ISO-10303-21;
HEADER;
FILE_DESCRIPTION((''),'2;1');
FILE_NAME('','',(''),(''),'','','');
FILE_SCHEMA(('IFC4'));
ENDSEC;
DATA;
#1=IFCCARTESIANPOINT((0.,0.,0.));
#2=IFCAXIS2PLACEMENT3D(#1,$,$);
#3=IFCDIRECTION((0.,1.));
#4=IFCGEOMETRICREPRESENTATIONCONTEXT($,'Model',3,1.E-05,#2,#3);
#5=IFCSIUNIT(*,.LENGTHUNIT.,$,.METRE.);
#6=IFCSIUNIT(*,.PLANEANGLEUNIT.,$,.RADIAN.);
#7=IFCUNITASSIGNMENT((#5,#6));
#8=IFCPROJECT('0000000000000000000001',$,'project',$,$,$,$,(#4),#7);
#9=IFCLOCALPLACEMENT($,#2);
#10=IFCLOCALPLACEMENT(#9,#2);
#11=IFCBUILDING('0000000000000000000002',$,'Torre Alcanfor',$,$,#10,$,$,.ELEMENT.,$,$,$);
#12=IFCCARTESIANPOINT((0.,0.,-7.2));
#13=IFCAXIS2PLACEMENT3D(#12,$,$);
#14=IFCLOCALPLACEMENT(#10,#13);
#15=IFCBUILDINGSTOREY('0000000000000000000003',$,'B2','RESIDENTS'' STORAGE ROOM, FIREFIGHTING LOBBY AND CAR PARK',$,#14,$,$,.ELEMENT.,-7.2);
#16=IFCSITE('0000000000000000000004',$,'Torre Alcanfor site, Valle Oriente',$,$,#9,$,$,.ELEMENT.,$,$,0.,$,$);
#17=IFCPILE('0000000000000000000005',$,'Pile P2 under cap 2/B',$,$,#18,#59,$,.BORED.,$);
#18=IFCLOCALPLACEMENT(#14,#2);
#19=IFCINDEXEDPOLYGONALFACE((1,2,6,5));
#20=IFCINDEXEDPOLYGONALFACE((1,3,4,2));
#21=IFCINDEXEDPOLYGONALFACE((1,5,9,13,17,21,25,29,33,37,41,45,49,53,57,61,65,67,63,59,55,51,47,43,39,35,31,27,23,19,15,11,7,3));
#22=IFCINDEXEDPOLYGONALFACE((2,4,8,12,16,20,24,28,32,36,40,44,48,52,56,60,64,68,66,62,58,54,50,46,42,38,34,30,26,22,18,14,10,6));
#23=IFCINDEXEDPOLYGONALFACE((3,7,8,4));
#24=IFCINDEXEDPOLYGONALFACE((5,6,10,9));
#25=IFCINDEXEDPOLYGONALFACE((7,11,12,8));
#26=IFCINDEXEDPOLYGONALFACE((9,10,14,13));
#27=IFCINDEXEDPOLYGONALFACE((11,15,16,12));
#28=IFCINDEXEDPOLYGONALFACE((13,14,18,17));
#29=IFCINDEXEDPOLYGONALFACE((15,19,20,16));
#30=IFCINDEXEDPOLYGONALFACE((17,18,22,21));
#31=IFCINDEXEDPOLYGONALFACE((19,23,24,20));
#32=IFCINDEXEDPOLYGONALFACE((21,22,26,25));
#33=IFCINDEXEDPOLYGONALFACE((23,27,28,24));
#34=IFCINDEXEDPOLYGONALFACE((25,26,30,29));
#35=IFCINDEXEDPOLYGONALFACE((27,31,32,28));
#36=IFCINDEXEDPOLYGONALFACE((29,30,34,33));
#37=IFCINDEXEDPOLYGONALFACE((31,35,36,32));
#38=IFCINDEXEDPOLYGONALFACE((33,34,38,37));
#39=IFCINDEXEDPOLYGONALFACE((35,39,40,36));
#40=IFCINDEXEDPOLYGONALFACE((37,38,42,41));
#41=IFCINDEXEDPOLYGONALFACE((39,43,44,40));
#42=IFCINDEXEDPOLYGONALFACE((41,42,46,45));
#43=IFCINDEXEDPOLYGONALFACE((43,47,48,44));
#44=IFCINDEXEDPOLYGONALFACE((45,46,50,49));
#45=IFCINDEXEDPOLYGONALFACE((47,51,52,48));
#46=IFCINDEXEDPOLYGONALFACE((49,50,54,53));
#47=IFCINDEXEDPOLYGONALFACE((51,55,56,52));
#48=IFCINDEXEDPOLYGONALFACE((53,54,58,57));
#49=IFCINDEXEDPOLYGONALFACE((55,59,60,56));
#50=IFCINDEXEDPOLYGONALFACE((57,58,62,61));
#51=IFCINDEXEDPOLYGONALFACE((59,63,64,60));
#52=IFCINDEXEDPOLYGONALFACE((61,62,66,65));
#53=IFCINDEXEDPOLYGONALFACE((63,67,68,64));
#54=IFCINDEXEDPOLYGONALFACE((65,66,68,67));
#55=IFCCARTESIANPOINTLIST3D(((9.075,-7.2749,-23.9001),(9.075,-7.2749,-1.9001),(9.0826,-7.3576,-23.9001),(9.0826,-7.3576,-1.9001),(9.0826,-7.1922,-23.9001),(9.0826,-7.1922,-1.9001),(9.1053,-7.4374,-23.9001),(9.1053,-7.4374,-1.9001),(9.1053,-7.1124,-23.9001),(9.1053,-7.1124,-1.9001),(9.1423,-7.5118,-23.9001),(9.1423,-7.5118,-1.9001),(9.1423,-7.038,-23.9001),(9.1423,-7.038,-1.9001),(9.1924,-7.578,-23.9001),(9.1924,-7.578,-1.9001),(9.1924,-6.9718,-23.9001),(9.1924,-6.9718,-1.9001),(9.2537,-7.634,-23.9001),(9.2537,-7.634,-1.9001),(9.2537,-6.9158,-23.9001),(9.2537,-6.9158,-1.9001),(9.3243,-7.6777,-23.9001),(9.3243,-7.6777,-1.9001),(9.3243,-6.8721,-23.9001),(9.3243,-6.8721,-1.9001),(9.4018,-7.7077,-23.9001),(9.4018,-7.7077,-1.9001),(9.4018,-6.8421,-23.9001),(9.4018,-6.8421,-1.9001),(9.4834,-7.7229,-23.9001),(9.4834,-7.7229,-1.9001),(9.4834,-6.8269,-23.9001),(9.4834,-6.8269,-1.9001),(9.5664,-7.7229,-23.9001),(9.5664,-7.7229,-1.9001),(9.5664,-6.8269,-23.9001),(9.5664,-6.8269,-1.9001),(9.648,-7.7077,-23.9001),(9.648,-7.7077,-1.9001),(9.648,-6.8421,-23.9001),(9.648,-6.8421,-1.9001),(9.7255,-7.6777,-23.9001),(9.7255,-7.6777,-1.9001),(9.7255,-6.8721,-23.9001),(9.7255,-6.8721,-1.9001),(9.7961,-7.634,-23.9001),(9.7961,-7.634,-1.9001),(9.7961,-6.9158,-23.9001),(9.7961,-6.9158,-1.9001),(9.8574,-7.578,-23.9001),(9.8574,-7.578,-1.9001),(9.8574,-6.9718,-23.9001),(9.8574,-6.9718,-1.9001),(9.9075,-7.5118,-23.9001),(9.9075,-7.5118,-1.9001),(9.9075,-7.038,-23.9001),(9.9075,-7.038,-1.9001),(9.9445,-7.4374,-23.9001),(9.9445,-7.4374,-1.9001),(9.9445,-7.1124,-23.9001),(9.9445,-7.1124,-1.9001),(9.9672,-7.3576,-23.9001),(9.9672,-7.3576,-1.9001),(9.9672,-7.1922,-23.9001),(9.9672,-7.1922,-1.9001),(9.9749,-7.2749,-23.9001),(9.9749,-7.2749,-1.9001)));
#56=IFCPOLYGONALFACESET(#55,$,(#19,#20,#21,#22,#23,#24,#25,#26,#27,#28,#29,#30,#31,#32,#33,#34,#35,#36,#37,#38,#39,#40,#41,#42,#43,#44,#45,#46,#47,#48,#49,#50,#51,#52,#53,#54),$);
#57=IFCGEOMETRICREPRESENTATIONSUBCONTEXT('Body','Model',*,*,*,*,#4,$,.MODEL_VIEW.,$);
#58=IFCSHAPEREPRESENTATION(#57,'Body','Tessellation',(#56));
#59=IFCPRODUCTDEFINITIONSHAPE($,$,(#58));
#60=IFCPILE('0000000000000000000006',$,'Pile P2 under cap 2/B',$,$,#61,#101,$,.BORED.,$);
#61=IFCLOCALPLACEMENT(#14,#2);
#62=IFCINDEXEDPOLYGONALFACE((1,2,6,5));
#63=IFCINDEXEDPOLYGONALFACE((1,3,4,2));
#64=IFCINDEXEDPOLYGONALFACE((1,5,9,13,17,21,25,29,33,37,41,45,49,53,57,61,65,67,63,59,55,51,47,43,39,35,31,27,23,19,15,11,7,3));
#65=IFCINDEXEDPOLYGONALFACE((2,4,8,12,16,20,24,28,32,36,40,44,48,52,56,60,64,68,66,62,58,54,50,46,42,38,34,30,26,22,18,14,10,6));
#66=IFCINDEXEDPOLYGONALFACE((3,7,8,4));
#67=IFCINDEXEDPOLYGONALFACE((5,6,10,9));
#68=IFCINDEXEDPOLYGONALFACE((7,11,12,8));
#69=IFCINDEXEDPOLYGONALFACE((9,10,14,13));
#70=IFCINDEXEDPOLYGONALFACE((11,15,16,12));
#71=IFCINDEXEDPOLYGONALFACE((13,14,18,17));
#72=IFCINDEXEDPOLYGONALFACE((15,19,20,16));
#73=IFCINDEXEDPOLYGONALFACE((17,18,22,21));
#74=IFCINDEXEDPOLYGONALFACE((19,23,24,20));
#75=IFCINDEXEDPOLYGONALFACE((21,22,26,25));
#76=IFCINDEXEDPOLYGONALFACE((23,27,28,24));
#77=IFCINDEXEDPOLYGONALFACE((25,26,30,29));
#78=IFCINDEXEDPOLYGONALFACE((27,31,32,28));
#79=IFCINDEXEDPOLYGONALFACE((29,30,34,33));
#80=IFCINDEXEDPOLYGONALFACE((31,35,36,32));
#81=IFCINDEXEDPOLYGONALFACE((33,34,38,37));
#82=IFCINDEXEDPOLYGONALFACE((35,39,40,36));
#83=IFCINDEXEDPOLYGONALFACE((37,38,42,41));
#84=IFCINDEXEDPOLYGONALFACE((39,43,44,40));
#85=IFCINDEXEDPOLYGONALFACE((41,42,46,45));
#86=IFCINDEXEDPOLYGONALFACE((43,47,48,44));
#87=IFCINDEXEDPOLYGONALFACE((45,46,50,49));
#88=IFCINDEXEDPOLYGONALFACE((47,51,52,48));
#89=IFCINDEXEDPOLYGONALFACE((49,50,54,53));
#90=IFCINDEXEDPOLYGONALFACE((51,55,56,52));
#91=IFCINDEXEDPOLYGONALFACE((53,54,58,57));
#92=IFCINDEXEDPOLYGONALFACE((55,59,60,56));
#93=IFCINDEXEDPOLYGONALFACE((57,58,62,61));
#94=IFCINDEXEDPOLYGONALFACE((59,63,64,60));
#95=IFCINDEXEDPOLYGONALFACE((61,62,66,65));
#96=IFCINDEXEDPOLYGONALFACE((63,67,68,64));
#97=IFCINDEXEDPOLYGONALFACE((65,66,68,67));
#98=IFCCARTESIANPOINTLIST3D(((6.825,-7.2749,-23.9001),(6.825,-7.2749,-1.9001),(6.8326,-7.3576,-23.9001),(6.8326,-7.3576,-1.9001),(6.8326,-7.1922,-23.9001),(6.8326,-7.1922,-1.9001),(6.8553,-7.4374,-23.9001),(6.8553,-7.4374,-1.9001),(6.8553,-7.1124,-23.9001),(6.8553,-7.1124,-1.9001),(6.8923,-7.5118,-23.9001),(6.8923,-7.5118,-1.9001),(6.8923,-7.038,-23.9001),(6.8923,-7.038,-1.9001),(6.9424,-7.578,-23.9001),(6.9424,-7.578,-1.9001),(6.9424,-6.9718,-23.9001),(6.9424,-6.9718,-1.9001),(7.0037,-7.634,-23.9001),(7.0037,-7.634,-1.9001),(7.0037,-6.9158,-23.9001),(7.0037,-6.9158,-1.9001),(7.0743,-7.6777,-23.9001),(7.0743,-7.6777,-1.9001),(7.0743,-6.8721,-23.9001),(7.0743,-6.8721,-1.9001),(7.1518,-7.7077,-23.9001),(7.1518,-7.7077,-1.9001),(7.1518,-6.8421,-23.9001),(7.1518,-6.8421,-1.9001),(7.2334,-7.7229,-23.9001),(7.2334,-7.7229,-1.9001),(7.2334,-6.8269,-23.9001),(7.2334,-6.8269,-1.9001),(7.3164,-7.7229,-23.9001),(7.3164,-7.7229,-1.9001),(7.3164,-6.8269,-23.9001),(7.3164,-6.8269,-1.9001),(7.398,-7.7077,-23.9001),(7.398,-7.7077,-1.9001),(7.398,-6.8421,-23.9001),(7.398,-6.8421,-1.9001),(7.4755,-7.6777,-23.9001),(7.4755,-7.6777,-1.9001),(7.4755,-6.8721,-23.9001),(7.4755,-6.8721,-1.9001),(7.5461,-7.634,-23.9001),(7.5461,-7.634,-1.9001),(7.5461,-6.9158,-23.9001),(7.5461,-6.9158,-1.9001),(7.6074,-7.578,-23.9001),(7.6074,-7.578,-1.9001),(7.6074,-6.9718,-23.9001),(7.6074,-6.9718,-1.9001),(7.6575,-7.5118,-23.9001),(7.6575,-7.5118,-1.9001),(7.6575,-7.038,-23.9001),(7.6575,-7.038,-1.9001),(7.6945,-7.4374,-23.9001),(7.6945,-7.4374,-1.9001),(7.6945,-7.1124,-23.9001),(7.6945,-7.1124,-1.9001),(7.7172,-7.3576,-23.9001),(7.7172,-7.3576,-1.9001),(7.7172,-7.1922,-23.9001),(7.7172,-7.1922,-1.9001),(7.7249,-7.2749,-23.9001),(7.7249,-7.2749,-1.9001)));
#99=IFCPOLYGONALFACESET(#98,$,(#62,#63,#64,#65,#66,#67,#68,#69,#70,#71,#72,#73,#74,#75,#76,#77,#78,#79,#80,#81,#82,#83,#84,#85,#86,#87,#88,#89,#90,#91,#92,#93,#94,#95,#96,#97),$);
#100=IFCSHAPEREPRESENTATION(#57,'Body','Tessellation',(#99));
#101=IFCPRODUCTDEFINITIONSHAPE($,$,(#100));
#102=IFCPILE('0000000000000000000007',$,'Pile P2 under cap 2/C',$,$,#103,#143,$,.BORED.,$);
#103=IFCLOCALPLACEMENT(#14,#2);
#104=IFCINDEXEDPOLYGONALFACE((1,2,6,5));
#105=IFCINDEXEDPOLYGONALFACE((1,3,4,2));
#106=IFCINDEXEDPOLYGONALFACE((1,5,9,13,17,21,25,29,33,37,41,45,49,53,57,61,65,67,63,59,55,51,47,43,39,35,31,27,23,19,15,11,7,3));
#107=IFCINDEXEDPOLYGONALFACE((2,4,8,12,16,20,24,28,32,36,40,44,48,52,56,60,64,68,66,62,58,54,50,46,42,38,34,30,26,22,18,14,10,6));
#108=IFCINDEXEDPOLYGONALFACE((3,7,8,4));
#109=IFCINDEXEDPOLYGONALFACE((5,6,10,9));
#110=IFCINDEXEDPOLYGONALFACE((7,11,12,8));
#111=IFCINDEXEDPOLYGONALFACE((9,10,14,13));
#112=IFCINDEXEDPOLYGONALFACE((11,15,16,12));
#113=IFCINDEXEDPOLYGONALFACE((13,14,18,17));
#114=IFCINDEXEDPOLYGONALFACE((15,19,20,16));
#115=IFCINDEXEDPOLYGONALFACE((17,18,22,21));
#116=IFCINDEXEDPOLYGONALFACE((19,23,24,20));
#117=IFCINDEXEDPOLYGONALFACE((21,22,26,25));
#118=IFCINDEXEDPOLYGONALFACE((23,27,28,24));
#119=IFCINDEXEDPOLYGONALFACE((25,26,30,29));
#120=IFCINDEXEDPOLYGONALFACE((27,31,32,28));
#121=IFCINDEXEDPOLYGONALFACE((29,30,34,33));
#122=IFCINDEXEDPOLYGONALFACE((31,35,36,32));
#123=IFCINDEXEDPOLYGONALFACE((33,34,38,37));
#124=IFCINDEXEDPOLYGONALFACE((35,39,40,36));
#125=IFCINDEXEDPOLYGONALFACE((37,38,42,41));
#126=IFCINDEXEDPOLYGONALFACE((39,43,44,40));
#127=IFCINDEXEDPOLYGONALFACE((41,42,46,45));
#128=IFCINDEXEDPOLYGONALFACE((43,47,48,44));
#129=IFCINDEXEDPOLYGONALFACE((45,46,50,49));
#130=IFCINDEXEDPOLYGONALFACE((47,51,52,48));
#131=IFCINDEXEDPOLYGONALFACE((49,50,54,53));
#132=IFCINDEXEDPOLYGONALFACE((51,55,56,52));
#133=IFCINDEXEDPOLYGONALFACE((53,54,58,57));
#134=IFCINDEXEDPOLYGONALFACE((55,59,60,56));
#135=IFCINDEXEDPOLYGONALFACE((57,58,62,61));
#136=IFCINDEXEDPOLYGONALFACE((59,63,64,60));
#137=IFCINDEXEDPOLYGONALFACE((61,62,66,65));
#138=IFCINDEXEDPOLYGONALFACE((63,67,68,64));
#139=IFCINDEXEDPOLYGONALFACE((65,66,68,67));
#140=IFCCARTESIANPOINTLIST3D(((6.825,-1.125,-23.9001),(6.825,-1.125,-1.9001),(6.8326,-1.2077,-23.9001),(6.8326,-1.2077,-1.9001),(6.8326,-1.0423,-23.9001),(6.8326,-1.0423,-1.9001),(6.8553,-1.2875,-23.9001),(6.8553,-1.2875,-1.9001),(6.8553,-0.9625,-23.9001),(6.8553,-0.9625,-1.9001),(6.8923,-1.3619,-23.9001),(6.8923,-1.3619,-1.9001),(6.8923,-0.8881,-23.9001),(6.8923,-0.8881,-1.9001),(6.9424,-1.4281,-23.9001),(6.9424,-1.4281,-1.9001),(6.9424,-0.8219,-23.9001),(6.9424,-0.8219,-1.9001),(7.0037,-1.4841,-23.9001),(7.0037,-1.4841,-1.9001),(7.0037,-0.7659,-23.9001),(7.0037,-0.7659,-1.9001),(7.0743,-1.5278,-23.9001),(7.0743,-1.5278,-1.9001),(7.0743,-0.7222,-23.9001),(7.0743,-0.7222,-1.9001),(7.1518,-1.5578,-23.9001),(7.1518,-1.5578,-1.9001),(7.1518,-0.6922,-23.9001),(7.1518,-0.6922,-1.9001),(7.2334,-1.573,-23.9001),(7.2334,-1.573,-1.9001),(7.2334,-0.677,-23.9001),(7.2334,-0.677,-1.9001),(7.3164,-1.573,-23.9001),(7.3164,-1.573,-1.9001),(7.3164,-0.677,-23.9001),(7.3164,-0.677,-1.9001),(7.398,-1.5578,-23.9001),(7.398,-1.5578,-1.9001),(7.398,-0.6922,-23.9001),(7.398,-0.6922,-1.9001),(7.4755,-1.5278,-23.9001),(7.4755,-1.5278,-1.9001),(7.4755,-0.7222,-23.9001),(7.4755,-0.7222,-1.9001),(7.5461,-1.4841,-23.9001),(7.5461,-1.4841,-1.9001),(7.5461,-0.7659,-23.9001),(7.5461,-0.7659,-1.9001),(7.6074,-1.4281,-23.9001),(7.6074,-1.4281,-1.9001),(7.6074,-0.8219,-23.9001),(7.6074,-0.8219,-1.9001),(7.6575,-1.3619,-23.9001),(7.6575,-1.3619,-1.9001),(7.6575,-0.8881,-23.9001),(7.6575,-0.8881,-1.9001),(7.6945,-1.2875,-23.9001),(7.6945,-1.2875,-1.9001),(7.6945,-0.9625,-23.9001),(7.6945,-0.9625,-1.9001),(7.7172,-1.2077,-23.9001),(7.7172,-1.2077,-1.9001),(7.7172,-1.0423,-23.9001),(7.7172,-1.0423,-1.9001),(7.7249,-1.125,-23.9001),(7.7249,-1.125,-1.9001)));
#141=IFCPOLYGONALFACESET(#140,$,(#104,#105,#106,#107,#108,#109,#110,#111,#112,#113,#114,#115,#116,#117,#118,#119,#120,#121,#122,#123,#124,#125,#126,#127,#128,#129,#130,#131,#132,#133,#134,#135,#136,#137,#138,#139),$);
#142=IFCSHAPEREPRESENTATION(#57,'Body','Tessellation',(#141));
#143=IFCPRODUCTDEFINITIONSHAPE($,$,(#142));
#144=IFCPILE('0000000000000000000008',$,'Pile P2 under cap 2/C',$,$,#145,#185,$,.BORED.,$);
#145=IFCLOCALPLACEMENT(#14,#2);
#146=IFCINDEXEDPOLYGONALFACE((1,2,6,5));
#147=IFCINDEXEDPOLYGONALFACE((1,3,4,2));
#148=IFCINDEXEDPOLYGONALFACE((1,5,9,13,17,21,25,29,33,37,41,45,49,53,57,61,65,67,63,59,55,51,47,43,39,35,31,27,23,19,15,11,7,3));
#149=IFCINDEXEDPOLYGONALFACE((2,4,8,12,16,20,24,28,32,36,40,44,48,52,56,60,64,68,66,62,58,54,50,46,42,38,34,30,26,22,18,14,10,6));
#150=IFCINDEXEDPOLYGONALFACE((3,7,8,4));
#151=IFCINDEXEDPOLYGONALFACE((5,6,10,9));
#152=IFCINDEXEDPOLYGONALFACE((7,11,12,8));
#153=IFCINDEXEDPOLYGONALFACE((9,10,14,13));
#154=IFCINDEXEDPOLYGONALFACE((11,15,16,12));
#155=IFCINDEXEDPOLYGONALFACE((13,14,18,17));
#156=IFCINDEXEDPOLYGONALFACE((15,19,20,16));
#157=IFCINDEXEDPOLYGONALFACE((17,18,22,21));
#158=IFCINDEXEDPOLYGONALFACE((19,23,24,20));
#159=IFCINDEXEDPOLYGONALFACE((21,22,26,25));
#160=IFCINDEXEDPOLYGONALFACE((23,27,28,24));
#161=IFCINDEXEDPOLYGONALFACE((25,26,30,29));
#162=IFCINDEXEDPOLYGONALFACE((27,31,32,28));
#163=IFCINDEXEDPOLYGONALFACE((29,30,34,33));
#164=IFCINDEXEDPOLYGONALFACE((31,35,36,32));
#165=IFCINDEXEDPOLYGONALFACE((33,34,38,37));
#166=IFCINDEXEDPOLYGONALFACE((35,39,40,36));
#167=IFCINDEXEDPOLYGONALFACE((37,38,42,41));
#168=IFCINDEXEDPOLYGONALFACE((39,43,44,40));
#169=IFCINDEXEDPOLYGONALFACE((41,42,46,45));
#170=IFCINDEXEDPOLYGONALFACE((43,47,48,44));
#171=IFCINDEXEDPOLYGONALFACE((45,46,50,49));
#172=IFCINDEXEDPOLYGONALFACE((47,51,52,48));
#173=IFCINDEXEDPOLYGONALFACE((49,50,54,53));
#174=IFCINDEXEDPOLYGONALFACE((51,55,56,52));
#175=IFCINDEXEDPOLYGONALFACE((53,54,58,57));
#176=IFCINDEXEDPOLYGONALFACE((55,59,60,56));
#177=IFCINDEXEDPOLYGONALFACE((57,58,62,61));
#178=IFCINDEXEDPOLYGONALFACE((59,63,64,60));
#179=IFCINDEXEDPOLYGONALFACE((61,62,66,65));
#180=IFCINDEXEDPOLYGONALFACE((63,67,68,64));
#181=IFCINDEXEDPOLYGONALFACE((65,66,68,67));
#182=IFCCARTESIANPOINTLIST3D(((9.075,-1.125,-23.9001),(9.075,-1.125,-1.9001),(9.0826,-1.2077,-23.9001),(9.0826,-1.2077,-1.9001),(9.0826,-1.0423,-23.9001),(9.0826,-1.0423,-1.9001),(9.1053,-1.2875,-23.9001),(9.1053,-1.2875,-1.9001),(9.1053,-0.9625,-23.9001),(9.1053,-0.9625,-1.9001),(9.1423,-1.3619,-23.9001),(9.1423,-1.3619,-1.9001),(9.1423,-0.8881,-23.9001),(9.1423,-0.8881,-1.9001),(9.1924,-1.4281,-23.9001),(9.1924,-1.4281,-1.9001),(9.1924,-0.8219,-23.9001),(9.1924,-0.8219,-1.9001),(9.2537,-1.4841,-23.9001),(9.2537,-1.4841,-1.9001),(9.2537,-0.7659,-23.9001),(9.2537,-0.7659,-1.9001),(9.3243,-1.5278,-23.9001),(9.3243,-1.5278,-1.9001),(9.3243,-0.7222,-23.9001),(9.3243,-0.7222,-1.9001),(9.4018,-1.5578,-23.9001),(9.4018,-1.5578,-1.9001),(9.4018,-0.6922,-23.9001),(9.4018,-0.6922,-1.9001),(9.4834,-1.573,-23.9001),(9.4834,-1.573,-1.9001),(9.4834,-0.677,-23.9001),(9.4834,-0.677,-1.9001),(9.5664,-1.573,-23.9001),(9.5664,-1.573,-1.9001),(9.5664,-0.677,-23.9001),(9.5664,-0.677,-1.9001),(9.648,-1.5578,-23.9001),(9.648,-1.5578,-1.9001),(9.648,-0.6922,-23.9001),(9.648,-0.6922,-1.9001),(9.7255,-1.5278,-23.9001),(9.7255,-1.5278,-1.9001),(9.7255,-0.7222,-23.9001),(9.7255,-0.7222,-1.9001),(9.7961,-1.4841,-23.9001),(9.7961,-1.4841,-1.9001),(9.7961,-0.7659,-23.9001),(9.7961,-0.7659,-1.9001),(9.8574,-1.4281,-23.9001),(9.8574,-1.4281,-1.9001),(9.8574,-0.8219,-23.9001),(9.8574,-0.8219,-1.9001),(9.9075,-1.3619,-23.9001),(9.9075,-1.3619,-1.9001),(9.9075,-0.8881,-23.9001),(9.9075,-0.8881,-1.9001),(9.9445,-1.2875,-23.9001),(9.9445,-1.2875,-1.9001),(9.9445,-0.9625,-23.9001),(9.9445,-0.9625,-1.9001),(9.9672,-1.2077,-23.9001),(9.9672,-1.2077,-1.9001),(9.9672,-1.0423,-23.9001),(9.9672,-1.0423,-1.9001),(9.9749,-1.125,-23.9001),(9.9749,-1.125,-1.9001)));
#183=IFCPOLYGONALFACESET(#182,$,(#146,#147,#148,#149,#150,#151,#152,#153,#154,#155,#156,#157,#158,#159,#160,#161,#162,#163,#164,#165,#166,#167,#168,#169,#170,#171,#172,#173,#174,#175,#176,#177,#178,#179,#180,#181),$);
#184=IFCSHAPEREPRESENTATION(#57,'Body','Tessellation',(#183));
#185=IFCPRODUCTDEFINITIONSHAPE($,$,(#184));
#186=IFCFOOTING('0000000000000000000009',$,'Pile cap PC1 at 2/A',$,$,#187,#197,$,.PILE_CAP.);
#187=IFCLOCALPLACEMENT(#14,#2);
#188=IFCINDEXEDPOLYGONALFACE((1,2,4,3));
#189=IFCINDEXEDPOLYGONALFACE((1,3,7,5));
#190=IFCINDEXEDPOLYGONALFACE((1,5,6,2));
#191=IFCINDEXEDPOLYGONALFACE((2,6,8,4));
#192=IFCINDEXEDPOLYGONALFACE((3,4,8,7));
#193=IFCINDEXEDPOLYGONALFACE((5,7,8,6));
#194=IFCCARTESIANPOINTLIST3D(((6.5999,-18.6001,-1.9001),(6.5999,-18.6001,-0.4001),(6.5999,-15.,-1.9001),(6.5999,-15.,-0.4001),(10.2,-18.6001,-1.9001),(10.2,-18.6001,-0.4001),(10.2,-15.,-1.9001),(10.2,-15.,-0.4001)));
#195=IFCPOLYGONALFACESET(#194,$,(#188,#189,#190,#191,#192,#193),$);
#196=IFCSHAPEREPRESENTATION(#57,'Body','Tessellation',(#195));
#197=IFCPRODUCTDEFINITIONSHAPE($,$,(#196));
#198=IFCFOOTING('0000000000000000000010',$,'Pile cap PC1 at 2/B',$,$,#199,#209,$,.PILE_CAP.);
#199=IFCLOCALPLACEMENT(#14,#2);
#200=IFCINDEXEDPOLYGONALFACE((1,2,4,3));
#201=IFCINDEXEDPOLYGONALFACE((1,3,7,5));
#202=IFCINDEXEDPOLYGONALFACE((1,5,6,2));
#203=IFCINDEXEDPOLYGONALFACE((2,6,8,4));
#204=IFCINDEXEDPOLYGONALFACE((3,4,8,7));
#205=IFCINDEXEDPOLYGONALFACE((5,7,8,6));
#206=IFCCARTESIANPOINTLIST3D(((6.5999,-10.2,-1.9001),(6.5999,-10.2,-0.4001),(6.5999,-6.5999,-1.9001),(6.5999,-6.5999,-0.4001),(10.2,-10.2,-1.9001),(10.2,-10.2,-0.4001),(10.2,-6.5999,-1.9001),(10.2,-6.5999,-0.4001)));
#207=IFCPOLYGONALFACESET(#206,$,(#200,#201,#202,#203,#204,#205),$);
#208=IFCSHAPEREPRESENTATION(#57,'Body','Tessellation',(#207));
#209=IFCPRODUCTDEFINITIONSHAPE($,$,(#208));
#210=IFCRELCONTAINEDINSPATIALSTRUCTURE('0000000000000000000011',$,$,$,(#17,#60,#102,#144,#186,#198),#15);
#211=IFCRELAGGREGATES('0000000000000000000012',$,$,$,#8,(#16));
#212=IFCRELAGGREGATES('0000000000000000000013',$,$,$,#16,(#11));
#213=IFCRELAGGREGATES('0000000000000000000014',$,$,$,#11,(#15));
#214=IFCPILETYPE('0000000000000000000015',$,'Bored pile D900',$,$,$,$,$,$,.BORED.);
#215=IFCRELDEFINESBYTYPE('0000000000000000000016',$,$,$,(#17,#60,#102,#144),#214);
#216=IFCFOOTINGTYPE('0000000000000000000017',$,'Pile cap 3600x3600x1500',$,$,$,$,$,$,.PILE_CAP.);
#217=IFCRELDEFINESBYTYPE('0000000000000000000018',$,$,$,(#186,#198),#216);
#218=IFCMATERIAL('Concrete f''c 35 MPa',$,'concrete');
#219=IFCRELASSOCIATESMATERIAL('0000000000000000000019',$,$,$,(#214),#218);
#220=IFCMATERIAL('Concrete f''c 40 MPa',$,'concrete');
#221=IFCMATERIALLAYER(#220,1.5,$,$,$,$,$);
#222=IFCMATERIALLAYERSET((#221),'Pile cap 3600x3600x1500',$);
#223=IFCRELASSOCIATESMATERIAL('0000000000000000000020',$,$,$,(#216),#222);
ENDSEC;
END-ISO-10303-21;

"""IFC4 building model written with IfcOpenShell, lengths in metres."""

from ifc_helpers import new_model, si_unit, direction, frame, origin, origin_2d, place, context, subcontext, project, spatial, rectangle, circle, extrude, material, layer, layer_set, material_profile, profile_set, type_object, element, save


model = new_model("IFC4")

# Units and contexts
model_context = context("Model", 3, precision=1e-05, world=origin(), true_north=direction((0.0, 1.0)))
body_context = subcontext(model_context, "Body", "Model", "MODEL_VIEW")
ifc_project = project(units=[si_unit("LENGTHUNIT", "METRE"), si_unit("PLANEANGLEUNIT", "RADIAN")], contexts=[model_context])

# Site, building, storey
site_placement = place(None, origin())
site = spatial("IfcSite", under=ifc_project, at=site_placement, Name="Torre Alcanfor site, Valle Oriente", CompositionType="ELEMENT", RefElevation=0.0)
building_placement = place(site_placement, origin())
building = spatial("IfcBuilding", under=site, at=building_placement, Name="Torre Alcanfor", CompositionType="ELEMENT")
storey_placement = place(building_placement, frame((0.0, 0.0, -7.2)))
storey = spatial("IfcBuildingStorey", under=building, at=storey_placement, Name="B2", Description="RESIDENTS' STORAGE ROOM, FIREFIGHTING LOBBY AND CAR PARK", CompositionType="ELEMENT", Elevation=-7.2)

# Piles
ifc_material_1 = material(Name="Concrete f'c 35 MPa", Category="concrete")
ifc_material_profile_1 = material_profile(ifc_material_1, circle(Radius=0.45, at=origin_2d()), Name="D900")
ifc_profile_set_1 = profile_set([ifc_material_profile_1], Name="Concrete f'c 35 MPa")
pile_type = type_object("IfcPileType", Name="Bored pile D900", PredefinedType="BORED", material=ifc_profile_set_1)
for number, where, z_axis, x_axis, name in (
    (1, (9.5249, -7.2749, -1.9001), (0.0, 0.0, -1.0), (1.0, 0.0, 0.0), "Pile P2 under cap 2/B"),
    (2, (7.2749, -7.2749, -1.9001), (0.0, 0.0, -1.0), (1.0, 0.0, 0.0), "Pile P2 under cap 2/B"),
    (3, (7.2749, -1.125, -1.9001), (0.0, 0.0, -1.0), (1.0, 0.0, 0.0), "Pile P2 under cap 2/C"),
    (4, (9.5249, -1.125, -1.9001), (0.0, 0.0, -1.0), (1.0, 0.0, 0.0), "Pile P2 under cap 2/C"),
):
    element("IfcPile", number, at=place(storey_placement, frame(where, z_axis=z_axis, x_axis=x_axis)), inside=storey, type_object=pile_type, Name=name, PredefinedType="BORED", context=body_context, shape_type="SweptSolid", body=[
        extrude(circle(Radius=0.45, at=origin_2d()), origin(), (0.0, 0.0, 1.0), 22.0),
    ])

# Footings
ifc_material_2 = material(Name="Concrete f'c 40 MPa", Category="concrete")
ifc_layer_1 = layer(ifc_material_2, 1.5)
ifc_layer_set_1 = layer_set([ifc_layer_1], Name="Pile cap 3600x3600x1500")
footing_type = type_object("IfcFootingType", Name="Pile cap 3600x3600x1500", PredefinedType="PILE_CAP", material=ifc_layer_set_1)
for number, where, z_axis, x_axis, name in (
    (5, (8.3999, -16.8, -1.9001), (0.0, 0.0, 1.0), (1.0, 0.0, 0.0), "Pile cap PC1 at 2/A"),
    (6, (8.3999, -8.3999, -1.9001), (0.0, 0.0, 1.0), (1.0, 0.0, 0.0), "Pile cap PC1 at 2/B"),
):
    element("IfcFooting", number, at=place(storey_placement, frame(where, z_axis=z_axis, x_axis=x_axis)), inside=storey, type_object=footing_type, Name=name, PredefinedType="PILE_CAP", context=body_context, shape_type="SweptSolid", body=[
        extrude(rectangle(XDim=3.6001, YDim=3.6001, at=origin_2d()), origin(), (0.0, 0.0, 1.0), 1.5),
    ])

save(model, "model.ifc")
